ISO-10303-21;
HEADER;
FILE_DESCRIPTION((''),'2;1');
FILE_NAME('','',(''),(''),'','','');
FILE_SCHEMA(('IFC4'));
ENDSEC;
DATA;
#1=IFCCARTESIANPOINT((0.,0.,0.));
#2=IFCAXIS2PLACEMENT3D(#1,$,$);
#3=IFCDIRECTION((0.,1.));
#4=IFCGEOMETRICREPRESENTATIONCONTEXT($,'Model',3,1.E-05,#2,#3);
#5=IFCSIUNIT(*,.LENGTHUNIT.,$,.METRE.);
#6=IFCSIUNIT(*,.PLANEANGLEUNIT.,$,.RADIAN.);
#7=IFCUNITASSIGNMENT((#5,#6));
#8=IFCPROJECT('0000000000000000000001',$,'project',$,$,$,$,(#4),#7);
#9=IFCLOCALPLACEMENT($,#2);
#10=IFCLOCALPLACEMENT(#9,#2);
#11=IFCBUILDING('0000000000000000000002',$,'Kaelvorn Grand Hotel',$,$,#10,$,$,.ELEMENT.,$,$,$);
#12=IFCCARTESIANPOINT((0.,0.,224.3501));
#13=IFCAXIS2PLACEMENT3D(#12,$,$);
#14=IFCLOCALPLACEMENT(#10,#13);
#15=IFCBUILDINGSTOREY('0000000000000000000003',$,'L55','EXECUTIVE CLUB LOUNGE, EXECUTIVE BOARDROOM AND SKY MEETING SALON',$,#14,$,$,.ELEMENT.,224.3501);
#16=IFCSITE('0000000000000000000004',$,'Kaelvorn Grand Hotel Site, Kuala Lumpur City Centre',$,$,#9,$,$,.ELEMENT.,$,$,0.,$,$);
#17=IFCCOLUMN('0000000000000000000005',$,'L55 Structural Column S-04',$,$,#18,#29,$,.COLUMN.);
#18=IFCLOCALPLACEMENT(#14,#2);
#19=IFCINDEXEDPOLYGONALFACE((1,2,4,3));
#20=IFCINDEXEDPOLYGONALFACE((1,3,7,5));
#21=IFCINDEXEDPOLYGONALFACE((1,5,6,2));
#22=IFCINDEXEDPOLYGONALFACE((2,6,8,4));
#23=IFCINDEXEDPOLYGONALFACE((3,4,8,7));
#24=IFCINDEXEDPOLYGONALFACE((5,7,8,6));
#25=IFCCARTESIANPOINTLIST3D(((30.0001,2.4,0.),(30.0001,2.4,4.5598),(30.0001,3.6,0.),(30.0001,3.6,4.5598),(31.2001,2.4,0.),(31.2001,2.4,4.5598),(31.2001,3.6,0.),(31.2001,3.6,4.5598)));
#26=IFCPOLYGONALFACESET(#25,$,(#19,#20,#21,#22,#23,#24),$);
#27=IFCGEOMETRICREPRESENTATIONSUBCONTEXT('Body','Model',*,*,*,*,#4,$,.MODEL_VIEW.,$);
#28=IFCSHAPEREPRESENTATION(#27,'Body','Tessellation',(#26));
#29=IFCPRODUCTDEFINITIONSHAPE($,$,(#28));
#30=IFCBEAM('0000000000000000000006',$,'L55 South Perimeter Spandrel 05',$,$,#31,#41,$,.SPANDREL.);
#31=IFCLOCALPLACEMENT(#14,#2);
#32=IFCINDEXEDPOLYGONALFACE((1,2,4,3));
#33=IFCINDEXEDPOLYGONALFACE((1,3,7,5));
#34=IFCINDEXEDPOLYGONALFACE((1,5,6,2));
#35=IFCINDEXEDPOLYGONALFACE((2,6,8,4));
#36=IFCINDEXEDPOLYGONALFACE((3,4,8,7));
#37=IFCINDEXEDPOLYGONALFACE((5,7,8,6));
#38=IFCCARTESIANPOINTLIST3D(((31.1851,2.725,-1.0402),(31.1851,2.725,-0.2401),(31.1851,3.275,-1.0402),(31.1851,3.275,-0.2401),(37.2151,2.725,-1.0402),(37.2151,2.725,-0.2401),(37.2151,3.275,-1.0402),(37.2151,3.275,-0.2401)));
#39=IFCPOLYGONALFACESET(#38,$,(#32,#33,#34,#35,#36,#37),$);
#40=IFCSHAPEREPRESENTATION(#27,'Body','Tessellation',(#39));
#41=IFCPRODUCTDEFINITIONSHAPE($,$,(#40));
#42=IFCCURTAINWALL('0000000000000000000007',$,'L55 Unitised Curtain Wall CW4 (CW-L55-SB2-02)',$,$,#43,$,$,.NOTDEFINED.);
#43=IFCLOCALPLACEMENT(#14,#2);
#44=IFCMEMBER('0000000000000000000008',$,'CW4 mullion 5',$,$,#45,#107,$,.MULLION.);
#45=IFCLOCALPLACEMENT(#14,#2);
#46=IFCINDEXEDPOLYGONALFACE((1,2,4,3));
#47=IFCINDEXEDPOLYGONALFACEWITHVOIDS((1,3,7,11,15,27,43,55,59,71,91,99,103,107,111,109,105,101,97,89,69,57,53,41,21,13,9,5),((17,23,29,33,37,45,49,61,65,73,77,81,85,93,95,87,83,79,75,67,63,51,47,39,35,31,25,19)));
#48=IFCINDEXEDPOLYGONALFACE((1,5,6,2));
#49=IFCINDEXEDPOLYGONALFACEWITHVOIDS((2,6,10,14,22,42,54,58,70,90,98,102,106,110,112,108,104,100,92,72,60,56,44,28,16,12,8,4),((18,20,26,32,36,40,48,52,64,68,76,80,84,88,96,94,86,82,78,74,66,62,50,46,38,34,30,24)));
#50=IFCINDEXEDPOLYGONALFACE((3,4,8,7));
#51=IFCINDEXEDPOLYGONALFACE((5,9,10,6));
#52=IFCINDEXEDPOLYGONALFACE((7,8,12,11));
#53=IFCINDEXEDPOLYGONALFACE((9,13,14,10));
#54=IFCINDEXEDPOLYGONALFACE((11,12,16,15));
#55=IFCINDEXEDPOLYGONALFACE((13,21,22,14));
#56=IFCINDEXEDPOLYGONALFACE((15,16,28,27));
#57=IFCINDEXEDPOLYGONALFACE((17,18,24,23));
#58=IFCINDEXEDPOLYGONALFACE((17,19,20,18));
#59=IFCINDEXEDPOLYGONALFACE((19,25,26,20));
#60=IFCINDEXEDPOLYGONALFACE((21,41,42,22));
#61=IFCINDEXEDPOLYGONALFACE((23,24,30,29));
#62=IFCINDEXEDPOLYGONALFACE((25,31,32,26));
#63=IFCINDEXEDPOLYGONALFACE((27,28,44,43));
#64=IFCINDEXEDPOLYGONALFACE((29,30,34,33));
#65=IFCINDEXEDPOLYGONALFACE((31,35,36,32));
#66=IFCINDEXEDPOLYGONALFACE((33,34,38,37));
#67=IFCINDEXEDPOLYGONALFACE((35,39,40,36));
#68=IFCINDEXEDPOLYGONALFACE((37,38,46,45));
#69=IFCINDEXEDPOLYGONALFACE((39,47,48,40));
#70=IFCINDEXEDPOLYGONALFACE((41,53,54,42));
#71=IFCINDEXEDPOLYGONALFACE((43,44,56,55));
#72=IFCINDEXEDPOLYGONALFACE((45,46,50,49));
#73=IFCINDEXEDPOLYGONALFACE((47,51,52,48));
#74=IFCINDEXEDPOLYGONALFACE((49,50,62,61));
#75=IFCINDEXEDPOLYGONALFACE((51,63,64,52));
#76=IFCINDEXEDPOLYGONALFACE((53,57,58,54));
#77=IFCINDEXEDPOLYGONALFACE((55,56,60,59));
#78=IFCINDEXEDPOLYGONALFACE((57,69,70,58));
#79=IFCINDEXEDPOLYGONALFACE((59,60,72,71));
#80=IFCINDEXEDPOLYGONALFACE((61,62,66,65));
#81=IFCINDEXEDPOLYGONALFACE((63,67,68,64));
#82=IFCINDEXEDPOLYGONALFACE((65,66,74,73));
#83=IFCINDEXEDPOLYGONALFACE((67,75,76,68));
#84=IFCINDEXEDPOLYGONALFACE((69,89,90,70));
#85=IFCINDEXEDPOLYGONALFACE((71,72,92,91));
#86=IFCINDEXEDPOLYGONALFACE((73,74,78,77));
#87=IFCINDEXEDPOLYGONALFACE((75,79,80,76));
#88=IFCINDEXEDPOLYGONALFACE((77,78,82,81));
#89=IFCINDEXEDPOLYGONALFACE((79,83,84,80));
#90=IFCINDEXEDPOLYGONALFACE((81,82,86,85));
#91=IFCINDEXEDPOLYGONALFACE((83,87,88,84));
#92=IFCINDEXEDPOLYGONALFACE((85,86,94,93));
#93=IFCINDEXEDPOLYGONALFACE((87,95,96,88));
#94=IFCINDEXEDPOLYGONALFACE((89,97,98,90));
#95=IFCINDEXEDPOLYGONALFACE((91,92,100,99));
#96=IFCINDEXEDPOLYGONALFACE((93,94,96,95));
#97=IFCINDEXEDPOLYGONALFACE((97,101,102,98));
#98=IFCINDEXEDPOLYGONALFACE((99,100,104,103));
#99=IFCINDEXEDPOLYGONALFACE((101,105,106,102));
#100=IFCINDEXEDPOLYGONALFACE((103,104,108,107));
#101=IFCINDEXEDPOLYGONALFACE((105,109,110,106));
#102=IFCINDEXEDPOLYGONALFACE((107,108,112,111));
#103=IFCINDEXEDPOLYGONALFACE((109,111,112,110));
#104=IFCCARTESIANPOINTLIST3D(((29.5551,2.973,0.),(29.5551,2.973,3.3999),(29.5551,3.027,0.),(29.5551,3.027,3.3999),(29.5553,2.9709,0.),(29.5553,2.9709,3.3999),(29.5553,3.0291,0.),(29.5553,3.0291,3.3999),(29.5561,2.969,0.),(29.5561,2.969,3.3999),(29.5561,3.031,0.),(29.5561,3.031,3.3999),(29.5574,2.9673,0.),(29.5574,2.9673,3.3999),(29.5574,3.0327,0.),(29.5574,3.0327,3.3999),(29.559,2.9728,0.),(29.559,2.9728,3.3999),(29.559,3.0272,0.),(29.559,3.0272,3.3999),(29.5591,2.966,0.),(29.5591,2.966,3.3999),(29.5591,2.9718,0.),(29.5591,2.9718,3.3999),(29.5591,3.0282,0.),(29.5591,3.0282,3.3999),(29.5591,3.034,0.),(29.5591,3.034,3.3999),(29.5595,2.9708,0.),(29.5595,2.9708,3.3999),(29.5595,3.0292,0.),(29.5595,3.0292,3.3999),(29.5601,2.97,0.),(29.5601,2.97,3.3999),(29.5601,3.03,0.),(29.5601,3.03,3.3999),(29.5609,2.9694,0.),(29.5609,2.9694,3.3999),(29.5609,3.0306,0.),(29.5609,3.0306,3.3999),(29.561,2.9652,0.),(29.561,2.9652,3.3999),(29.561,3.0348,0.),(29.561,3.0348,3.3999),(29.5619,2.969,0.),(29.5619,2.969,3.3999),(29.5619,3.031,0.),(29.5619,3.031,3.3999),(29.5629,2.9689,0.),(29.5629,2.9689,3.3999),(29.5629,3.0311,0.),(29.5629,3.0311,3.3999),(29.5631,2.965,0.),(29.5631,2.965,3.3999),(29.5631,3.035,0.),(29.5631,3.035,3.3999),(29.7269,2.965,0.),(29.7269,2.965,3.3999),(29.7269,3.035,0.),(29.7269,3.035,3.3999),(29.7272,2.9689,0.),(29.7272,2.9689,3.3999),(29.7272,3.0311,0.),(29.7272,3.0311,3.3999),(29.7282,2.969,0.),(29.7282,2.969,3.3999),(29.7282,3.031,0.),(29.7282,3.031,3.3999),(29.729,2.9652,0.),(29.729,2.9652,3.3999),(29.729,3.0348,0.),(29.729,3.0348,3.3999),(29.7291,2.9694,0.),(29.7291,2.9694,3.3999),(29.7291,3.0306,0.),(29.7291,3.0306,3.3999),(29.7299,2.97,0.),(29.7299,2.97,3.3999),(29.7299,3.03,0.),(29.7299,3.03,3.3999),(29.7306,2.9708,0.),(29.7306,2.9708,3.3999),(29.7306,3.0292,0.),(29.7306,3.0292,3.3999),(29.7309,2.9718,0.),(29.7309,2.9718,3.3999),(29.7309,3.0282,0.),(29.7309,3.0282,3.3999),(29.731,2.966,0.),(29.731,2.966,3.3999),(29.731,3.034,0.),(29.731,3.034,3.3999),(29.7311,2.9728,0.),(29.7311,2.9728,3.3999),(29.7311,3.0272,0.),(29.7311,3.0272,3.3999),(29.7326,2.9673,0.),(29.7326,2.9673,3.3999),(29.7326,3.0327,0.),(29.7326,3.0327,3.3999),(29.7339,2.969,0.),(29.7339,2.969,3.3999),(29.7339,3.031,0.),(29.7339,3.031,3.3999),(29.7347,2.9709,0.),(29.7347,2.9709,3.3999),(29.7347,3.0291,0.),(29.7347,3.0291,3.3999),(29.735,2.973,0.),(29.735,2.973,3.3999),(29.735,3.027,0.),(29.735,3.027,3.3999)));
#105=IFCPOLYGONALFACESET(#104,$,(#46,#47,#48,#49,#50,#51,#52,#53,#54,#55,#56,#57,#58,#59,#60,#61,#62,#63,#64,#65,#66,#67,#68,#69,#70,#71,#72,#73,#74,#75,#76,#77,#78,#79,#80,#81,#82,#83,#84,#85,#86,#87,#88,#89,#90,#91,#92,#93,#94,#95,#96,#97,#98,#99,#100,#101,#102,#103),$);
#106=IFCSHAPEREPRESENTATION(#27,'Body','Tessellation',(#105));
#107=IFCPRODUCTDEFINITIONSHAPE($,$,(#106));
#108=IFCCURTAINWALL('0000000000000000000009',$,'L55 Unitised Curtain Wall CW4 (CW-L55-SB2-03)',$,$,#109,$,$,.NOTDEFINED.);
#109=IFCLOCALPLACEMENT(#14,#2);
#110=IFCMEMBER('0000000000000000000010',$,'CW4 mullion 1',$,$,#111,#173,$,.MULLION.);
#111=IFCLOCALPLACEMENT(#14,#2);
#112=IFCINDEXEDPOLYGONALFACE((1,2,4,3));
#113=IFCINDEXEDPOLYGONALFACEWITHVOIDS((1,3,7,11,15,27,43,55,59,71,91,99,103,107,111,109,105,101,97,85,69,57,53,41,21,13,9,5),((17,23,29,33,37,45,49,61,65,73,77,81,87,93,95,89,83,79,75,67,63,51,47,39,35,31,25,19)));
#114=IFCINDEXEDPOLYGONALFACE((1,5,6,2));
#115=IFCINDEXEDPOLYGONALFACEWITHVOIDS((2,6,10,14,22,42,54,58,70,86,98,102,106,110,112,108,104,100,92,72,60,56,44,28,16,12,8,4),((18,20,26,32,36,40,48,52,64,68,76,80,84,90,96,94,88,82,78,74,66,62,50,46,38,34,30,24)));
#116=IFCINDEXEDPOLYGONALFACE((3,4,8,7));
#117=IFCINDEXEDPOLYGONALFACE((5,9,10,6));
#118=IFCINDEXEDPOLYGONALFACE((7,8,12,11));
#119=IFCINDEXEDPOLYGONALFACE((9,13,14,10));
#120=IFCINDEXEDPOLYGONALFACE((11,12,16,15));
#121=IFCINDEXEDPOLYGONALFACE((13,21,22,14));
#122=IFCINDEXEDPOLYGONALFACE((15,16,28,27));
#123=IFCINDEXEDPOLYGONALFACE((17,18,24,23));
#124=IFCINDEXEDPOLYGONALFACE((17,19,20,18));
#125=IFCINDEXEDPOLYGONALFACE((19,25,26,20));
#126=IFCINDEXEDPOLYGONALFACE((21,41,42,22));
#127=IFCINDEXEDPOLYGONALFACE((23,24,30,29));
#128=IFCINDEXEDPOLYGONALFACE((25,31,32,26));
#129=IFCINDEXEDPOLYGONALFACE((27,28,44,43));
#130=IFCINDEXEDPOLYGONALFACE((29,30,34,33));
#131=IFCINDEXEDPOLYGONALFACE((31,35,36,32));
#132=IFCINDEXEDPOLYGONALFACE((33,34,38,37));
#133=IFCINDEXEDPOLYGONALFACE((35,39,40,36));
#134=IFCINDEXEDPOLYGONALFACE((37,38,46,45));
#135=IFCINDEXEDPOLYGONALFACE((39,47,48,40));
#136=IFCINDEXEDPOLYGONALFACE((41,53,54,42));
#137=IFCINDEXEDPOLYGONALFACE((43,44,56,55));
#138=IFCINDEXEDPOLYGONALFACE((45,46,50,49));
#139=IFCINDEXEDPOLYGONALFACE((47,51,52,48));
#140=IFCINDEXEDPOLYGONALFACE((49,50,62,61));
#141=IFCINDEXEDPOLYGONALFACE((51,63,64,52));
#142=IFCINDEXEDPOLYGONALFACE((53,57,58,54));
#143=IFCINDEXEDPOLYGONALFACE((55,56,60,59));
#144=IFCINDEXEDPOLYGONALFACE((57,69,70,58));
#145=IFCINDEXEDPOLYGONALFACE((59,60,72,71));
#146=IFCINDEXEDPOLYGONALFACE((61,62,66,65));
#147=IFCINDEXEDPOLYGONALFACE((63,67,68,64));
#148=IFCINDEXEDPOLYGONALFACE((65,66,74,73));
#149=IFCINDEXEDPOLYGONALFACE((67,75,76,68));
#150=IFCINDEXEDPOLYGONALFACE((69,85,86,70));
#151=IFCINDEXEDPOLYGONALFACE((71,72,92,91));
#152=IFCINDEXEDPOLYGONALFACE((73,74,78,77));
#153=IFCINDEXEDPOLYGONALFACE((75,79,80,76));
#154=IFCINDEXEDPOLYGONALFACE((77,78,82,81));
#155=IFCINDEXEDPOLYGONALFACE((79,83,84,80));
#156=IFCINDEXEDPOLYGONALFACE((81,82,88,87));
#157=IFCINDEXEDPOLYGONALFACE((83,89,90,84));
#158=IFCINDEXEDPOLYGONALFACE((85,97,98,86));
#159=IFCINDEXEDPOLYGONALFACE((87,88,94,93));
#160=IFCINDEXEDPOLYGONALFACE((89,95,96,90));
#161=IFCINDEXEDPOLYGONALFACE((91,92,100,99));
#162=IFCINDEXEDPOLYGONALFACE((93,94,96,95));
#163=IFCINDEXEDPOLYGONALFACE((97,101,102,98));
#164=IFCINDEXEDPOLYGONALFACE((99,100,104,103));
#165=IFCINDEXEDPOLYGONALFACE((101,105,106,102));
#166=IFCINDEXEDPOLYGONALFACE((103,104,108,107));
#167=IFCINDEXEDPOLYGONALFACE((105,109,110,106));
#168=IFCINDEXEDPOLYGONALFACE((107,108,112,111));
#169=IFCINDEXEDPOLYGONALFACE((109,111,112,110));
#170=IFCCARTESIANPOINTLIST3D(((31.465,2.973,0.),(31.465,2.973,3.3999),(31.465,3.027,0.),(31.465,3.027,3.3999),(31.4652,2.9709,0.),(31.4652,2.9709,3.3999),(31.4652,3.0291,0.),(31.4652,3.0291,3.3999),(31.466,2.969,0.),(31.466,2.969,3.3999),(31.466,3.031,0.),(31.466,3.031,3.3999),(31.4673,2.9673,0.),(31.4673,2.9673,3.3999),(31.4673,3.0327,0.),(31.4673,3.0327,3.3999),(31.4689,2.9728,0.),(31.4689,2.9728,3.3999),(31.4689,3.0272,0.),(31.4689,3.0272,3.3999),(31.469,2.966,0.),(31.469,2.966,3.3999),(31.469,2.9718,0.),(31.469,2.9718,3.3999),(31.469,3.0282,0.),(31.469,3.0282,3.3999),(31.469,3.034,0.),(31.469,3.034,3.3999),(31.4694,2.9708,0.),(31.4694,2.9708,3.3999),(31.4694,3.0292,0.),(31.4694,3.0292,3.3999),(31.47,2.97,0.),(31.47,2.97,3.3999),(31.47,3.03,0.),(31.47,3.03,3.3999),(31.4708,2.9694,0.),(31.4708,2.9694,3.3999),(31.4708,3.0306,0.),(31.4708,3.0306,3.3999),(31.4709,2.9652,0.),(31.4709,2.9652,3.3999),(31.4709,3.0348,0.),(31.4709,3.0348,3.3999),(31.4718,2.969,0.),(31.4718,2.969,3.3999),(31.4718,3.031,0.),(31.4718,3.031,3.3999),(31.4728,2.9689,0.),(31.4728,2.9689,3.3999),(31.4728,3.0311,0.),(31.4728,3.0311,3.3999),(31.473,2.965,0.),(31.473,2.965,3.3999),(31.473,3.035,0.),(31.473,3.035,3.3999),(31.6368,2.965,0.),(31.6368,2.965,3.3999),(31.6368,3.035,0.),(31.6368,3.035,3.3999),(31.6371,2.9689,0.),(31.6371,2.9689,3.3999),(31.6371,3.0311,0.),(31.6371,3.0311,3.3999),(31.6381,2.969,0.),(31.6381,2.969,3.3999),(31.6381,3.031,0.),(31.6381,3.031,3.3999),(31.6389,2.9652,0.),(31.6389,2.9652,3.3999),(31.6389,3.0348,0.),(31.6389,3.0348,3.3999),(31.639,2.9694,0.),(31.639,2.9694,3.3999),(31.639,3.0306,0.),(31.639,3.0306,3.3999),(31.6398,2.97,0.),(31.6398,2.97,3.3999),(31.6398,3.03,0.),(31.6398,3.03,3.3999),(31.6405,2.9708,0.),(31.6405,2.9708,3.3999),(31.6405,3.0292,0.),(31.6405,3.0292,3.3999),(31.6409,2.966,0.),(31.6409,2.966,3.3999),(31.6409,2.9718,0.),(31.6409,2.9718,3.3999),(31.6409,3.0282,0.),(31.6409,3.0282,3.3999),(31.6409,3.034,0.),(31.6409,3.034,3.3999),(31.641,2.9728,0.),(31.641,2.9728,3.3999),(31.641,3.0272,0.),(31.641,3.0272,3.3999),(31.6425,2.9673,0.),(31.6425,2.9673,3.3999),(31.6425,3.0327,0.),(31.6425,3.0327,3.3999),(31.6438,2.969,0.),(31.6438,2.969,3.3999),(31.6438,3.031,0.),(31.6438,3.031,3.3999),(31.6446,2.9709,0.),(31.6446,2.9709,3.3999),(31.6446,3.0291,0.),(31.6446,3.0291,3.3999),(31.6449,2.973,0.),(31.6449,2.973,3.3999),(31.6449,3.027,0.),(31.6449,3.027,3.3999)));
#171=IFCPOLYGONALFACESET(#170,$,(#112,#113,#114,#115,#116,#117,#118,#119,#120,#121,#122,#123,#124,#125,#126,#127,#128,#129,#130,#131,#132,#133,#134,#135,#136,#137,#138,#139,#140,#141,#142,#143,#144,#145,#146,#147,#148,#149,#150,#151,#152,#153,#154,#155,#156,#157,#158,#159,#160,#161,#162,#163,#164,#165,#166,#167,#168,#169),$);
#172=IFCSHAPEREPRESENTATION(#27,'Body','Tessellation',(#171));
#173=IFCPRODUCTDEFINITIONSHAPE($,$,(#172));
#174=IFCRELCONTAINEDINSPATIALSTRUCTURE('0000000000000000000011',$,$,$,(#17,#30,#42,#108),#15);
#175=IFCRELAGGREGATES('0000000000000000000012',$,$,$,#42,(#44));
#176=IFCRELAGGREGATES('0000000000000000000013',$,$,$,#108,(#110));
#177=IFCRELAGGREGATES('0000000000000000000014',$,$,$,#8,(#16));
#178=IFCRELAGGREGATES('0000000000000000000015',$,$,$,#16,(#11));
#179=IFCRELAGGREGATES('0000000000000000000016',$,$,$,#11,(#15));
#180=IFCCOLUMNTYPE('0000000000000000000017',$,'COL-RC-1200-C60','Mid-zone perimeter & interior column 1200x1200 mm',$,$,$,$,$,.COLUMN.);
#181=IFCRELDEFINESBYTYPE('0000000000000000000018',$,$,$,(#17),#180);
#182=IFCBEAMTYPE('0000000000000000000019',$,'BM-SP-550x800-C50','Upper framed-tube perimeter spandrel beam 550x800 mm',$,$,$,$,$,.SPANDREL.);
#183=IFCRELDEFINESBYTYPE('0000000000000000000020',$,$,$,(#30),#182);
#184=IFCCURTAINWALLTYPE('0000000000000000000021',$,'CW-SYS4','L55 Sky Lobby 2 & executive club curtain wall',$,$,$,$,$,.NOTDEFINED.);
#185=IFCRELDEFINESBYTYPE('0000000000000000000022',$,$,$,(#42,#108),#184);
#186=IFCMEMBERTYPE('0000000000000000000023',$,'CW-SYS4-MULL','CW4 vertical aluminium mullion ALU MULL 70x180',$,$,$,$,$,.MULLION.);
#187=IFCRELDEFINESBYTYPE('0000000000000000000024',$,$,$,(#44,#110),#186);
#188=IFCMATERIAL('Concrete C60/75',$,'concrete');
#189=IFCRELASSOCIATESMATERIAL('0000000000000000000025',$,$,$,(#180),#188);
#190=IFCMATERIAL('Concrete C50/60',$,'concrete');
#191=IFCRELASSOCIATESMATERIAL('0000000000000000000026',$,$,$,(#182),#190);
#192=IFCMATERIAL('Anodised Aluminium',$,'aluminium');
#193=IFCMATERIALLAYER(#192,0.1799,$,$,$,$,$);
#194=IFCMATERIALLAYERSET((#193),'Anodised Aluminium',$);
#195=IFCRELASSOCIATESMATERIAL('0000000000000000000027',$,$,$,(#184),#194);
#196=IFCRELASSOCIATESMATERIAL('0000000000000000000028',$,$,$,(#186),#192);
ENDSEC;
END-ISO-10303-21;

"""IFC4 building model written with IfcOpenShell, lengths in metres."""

from ifc_helpers import new_model, si_unit, direction, frame, origin, origin_2d, place, context, subcontext, project, spatial, rectangle, hollow_rectangle, extrude, material, layer, layer_set, material_profile, profile_set, type_object, element, aggregate, save


model = new_model("IFC4")

# Units and contexts
model_context = context("Model", 3, precision=1e-05, world=origin(), true_north=direction((0.0, 1.0)))
body_context = subcontext(model_context, "Body", "Model", "MODEL_VIEW")
ifc_project = project(units=[si_unit("LENGTHUNIT", "METRE"), si_unit("PLANEANGLEUNIT", "RADIAN")], contexts=[model_context])

# Site, building, storey
site_placement = place(None, origin())
site = spatial("IfcSite", under=ifc_project, at=site_placement, Name="Kaelvorn Grand Hotel Site, Kuala Lumpur City Centre", CompositionType="ELEMENT", RefElevation=0.0)
building_placement = place(site_placement, origin())
building = spatial("IfcBuilding", under=site, at=building_placement, Name="Kaelvorn Grand Hotel", CompositionType="ELEMENT")
storey_placement = place(building_placement, frame((0.0, 0.0, 224.3501)))
storey = spatial("IfcBuildingStorey", under=building, at=storey_placement, Name="L55", Description="EXECUTIVE CLUB LOUNGE, EXECUTIVE BOARDROOM AND SKY MEETING SALON", CompositionType="ELEMENT", Elevation=224.3501)

# Column
ifc_material_1 = material(Name="Concrete C60/75", Category="concrete")
ifc_material_profile_1 = material_profile(ifc_material_1, rectangle(XDim=1.2, YDim=1.2, at=origin_2d()), Name="RC COL 1200x1200")
ifc_profile_set_1 = profile_set([ifc_material_profile_1], Name="Concrete C60/75")
column_type = type_object("IfcColumnType", Name="COL-RC-1200-C60", Description="Mid-zone perimeter & interior column 1200x1200 mm", PredefinedType="COLUMN", material=ifc_profile_set_1)
column_placement = place(storey_placement, frame((30.6001, 3.0, 0.0), z_axis=(0.0, 0.0, 1.0), x_axis=(1.0, 0.0, 0.0)))
element("IfcColumn", 1, at=column_placement, inside=storey, type_object=column_type, Name="L55 Structural Column S-04", PredefinedType="COLUMN", context=body_context, shape_type="SweptSolid", body=[
    extrude(rectangle(XDim=1.2, YDim=1.2, at=origin_2d()), origin(), (0.0, 0.0, 1.0), 4.5598),
])

# Beam
ifc_material_2 = material(Name="Concrete C50/60", Category="concrete")
ifc_material_profile_2 = material_profile(ifc_material_2, rectangle(XDim=0.55, YDim=0.8, at=origin_2d()), Name="RC SPANDREL 550x800")
ifc_profile_set_2 = profile_set([ifc_material_profile_2], Name="Concrete C50/60")
beam_type = type_object("IfcBeamType", Name="BM-SP-550x800-C50", Description="Upper framed-tube perimeter spandrel beam 550x800 mm", PredefinedType="SPANDREL", material=ifc_profile_set_2)
beam_placement = place(storey_placement, frame((31.1851, 3.0, -0.6401), z_axis=(1.0, 0.0, 0.0), x_axis=(0.0, 1.0, 0.0)))
element("IfcBeam", 2, at=beam_placement, inside=storey, type_object=beam_type, Name="L55 South Perimeter Spandrel 05", PredefinedType="SPANDREL", context=body_context, shape_type="SweptSolid", body=[
    extrude(rectangle(XDim=0.55, YDim=0.8, at=origin_2d()), origin(), (0.0, 0.0, 1.0), 6.03),
])

# Curtain wall, member
ifc_material_3 = material(Name="Anodised Aluminium", Category="aluminium")
ifc_layer_1 = layer(ifc_material_3, 0.1799)
ifc_layer_set_1 = layer_set([ifc_layer_1], Name="Anodised Aluminium")
curtain_wall_type = type_object("IfcCurtainWallType", Name="CW-SYS4", Description="L55 Sky Lobby 2 & executive club curtain wall", PredefinedType="NOTDEFINED", material=ifc_layer_set_1)
curtain_wall_1_placement = place(storey_placement, origin())
curtain_wall_1 = element("IfcCurtainWall", 3, at=curtain_wall_1_placement, inside=storey, type_object=curtain_wall_type, Name="L55 Unitised Curtain Wall CW4 (CW-L55-SB2-02)", PredefinedType="NOTDEFINED")
ifc_material_profile_3 = material_profile(ifc_material_3, hollow_rectangle(XDim=0.0701, YDim=0.1799, WallThickness=0.0039, InnerFilletRadius=0.0039, OuterFilletRadius=0.0081, at=origin_2d()), Name="ALU MULL 70x180")
ifc_profile_set_3 = profile_set([ifc_material_profile_3], Name="Anodised Aluminium")
member_type_1 = type_object("IfcMemberType", Name="CW-SYS4-MULL", Description="CW4 vertical aluminium mullion ALU MULL 70x180", PredefinedType="MULLION", material=ifc_profile_set_3)
member_1_placement = place(storey_placement, frame((29.645, 3.0, 0.0), z_axis=(0.0, 0.0, 1.0), x_axis=(0.0, 1.0, 0.0)))
member_1 = element("IfcMember", 4, at=member_1_placement, type_object=member_type_1, Name="CW4 mullion 5", PredefinedType="MULLION", context=body_context, shape_type="SweptSolid", body=[
    extrude(hollow_rectangle(XDim=0.0701, YDim=0.1799, WallThickness=0.0039, InnerFilletRadius=0.0039, OuterFilletRadius=0.0081, at=origin_2d()), origin(), (0.0, 0.0, 1.0), 3.3999),
])

# Curtain wall, member
curtain_wall_2_placement = place(storey_placement, origin())
curtain_wall_2 = element("IfcCurtainWall", 5, at=curtain_wall_2_placement, inside=storey, type_object=curtain_wall_type, Name="L55 Unitised Curtain Wall CW4 (CW-L55-SB2-03)", PredefinedType="NOTDEFINED")
member_2_placement = place(storey_placement, frame((31.5549, 3.0, 0.0), z_axis=(0.0, 0.0, 1.0), x_axis=(0.0, 1.0, 0.0)))
member_2 = element("IfcMember", 6, at=member_2_placement, type_object=member_type_1, Name="CW4 mullion 1", PredefinedType="MULLION", context=body_context, shape_type="SweptSolid", body=[
    extrude(hollow_rectangle(XDim=0.0701, YDim=0.1799, WallThickness=0.0039, InnerFilletRadius=0.0039, OuterFilletRadius=0.0081, at=origin_2d()), origin(), (0.0, 0.0, 1.0), 3.3999),
])

aggregate(curtain_wall_1, [member_1])
aggregate(curtain_wall_2, [member_2])

save(model, "model.ifc")
